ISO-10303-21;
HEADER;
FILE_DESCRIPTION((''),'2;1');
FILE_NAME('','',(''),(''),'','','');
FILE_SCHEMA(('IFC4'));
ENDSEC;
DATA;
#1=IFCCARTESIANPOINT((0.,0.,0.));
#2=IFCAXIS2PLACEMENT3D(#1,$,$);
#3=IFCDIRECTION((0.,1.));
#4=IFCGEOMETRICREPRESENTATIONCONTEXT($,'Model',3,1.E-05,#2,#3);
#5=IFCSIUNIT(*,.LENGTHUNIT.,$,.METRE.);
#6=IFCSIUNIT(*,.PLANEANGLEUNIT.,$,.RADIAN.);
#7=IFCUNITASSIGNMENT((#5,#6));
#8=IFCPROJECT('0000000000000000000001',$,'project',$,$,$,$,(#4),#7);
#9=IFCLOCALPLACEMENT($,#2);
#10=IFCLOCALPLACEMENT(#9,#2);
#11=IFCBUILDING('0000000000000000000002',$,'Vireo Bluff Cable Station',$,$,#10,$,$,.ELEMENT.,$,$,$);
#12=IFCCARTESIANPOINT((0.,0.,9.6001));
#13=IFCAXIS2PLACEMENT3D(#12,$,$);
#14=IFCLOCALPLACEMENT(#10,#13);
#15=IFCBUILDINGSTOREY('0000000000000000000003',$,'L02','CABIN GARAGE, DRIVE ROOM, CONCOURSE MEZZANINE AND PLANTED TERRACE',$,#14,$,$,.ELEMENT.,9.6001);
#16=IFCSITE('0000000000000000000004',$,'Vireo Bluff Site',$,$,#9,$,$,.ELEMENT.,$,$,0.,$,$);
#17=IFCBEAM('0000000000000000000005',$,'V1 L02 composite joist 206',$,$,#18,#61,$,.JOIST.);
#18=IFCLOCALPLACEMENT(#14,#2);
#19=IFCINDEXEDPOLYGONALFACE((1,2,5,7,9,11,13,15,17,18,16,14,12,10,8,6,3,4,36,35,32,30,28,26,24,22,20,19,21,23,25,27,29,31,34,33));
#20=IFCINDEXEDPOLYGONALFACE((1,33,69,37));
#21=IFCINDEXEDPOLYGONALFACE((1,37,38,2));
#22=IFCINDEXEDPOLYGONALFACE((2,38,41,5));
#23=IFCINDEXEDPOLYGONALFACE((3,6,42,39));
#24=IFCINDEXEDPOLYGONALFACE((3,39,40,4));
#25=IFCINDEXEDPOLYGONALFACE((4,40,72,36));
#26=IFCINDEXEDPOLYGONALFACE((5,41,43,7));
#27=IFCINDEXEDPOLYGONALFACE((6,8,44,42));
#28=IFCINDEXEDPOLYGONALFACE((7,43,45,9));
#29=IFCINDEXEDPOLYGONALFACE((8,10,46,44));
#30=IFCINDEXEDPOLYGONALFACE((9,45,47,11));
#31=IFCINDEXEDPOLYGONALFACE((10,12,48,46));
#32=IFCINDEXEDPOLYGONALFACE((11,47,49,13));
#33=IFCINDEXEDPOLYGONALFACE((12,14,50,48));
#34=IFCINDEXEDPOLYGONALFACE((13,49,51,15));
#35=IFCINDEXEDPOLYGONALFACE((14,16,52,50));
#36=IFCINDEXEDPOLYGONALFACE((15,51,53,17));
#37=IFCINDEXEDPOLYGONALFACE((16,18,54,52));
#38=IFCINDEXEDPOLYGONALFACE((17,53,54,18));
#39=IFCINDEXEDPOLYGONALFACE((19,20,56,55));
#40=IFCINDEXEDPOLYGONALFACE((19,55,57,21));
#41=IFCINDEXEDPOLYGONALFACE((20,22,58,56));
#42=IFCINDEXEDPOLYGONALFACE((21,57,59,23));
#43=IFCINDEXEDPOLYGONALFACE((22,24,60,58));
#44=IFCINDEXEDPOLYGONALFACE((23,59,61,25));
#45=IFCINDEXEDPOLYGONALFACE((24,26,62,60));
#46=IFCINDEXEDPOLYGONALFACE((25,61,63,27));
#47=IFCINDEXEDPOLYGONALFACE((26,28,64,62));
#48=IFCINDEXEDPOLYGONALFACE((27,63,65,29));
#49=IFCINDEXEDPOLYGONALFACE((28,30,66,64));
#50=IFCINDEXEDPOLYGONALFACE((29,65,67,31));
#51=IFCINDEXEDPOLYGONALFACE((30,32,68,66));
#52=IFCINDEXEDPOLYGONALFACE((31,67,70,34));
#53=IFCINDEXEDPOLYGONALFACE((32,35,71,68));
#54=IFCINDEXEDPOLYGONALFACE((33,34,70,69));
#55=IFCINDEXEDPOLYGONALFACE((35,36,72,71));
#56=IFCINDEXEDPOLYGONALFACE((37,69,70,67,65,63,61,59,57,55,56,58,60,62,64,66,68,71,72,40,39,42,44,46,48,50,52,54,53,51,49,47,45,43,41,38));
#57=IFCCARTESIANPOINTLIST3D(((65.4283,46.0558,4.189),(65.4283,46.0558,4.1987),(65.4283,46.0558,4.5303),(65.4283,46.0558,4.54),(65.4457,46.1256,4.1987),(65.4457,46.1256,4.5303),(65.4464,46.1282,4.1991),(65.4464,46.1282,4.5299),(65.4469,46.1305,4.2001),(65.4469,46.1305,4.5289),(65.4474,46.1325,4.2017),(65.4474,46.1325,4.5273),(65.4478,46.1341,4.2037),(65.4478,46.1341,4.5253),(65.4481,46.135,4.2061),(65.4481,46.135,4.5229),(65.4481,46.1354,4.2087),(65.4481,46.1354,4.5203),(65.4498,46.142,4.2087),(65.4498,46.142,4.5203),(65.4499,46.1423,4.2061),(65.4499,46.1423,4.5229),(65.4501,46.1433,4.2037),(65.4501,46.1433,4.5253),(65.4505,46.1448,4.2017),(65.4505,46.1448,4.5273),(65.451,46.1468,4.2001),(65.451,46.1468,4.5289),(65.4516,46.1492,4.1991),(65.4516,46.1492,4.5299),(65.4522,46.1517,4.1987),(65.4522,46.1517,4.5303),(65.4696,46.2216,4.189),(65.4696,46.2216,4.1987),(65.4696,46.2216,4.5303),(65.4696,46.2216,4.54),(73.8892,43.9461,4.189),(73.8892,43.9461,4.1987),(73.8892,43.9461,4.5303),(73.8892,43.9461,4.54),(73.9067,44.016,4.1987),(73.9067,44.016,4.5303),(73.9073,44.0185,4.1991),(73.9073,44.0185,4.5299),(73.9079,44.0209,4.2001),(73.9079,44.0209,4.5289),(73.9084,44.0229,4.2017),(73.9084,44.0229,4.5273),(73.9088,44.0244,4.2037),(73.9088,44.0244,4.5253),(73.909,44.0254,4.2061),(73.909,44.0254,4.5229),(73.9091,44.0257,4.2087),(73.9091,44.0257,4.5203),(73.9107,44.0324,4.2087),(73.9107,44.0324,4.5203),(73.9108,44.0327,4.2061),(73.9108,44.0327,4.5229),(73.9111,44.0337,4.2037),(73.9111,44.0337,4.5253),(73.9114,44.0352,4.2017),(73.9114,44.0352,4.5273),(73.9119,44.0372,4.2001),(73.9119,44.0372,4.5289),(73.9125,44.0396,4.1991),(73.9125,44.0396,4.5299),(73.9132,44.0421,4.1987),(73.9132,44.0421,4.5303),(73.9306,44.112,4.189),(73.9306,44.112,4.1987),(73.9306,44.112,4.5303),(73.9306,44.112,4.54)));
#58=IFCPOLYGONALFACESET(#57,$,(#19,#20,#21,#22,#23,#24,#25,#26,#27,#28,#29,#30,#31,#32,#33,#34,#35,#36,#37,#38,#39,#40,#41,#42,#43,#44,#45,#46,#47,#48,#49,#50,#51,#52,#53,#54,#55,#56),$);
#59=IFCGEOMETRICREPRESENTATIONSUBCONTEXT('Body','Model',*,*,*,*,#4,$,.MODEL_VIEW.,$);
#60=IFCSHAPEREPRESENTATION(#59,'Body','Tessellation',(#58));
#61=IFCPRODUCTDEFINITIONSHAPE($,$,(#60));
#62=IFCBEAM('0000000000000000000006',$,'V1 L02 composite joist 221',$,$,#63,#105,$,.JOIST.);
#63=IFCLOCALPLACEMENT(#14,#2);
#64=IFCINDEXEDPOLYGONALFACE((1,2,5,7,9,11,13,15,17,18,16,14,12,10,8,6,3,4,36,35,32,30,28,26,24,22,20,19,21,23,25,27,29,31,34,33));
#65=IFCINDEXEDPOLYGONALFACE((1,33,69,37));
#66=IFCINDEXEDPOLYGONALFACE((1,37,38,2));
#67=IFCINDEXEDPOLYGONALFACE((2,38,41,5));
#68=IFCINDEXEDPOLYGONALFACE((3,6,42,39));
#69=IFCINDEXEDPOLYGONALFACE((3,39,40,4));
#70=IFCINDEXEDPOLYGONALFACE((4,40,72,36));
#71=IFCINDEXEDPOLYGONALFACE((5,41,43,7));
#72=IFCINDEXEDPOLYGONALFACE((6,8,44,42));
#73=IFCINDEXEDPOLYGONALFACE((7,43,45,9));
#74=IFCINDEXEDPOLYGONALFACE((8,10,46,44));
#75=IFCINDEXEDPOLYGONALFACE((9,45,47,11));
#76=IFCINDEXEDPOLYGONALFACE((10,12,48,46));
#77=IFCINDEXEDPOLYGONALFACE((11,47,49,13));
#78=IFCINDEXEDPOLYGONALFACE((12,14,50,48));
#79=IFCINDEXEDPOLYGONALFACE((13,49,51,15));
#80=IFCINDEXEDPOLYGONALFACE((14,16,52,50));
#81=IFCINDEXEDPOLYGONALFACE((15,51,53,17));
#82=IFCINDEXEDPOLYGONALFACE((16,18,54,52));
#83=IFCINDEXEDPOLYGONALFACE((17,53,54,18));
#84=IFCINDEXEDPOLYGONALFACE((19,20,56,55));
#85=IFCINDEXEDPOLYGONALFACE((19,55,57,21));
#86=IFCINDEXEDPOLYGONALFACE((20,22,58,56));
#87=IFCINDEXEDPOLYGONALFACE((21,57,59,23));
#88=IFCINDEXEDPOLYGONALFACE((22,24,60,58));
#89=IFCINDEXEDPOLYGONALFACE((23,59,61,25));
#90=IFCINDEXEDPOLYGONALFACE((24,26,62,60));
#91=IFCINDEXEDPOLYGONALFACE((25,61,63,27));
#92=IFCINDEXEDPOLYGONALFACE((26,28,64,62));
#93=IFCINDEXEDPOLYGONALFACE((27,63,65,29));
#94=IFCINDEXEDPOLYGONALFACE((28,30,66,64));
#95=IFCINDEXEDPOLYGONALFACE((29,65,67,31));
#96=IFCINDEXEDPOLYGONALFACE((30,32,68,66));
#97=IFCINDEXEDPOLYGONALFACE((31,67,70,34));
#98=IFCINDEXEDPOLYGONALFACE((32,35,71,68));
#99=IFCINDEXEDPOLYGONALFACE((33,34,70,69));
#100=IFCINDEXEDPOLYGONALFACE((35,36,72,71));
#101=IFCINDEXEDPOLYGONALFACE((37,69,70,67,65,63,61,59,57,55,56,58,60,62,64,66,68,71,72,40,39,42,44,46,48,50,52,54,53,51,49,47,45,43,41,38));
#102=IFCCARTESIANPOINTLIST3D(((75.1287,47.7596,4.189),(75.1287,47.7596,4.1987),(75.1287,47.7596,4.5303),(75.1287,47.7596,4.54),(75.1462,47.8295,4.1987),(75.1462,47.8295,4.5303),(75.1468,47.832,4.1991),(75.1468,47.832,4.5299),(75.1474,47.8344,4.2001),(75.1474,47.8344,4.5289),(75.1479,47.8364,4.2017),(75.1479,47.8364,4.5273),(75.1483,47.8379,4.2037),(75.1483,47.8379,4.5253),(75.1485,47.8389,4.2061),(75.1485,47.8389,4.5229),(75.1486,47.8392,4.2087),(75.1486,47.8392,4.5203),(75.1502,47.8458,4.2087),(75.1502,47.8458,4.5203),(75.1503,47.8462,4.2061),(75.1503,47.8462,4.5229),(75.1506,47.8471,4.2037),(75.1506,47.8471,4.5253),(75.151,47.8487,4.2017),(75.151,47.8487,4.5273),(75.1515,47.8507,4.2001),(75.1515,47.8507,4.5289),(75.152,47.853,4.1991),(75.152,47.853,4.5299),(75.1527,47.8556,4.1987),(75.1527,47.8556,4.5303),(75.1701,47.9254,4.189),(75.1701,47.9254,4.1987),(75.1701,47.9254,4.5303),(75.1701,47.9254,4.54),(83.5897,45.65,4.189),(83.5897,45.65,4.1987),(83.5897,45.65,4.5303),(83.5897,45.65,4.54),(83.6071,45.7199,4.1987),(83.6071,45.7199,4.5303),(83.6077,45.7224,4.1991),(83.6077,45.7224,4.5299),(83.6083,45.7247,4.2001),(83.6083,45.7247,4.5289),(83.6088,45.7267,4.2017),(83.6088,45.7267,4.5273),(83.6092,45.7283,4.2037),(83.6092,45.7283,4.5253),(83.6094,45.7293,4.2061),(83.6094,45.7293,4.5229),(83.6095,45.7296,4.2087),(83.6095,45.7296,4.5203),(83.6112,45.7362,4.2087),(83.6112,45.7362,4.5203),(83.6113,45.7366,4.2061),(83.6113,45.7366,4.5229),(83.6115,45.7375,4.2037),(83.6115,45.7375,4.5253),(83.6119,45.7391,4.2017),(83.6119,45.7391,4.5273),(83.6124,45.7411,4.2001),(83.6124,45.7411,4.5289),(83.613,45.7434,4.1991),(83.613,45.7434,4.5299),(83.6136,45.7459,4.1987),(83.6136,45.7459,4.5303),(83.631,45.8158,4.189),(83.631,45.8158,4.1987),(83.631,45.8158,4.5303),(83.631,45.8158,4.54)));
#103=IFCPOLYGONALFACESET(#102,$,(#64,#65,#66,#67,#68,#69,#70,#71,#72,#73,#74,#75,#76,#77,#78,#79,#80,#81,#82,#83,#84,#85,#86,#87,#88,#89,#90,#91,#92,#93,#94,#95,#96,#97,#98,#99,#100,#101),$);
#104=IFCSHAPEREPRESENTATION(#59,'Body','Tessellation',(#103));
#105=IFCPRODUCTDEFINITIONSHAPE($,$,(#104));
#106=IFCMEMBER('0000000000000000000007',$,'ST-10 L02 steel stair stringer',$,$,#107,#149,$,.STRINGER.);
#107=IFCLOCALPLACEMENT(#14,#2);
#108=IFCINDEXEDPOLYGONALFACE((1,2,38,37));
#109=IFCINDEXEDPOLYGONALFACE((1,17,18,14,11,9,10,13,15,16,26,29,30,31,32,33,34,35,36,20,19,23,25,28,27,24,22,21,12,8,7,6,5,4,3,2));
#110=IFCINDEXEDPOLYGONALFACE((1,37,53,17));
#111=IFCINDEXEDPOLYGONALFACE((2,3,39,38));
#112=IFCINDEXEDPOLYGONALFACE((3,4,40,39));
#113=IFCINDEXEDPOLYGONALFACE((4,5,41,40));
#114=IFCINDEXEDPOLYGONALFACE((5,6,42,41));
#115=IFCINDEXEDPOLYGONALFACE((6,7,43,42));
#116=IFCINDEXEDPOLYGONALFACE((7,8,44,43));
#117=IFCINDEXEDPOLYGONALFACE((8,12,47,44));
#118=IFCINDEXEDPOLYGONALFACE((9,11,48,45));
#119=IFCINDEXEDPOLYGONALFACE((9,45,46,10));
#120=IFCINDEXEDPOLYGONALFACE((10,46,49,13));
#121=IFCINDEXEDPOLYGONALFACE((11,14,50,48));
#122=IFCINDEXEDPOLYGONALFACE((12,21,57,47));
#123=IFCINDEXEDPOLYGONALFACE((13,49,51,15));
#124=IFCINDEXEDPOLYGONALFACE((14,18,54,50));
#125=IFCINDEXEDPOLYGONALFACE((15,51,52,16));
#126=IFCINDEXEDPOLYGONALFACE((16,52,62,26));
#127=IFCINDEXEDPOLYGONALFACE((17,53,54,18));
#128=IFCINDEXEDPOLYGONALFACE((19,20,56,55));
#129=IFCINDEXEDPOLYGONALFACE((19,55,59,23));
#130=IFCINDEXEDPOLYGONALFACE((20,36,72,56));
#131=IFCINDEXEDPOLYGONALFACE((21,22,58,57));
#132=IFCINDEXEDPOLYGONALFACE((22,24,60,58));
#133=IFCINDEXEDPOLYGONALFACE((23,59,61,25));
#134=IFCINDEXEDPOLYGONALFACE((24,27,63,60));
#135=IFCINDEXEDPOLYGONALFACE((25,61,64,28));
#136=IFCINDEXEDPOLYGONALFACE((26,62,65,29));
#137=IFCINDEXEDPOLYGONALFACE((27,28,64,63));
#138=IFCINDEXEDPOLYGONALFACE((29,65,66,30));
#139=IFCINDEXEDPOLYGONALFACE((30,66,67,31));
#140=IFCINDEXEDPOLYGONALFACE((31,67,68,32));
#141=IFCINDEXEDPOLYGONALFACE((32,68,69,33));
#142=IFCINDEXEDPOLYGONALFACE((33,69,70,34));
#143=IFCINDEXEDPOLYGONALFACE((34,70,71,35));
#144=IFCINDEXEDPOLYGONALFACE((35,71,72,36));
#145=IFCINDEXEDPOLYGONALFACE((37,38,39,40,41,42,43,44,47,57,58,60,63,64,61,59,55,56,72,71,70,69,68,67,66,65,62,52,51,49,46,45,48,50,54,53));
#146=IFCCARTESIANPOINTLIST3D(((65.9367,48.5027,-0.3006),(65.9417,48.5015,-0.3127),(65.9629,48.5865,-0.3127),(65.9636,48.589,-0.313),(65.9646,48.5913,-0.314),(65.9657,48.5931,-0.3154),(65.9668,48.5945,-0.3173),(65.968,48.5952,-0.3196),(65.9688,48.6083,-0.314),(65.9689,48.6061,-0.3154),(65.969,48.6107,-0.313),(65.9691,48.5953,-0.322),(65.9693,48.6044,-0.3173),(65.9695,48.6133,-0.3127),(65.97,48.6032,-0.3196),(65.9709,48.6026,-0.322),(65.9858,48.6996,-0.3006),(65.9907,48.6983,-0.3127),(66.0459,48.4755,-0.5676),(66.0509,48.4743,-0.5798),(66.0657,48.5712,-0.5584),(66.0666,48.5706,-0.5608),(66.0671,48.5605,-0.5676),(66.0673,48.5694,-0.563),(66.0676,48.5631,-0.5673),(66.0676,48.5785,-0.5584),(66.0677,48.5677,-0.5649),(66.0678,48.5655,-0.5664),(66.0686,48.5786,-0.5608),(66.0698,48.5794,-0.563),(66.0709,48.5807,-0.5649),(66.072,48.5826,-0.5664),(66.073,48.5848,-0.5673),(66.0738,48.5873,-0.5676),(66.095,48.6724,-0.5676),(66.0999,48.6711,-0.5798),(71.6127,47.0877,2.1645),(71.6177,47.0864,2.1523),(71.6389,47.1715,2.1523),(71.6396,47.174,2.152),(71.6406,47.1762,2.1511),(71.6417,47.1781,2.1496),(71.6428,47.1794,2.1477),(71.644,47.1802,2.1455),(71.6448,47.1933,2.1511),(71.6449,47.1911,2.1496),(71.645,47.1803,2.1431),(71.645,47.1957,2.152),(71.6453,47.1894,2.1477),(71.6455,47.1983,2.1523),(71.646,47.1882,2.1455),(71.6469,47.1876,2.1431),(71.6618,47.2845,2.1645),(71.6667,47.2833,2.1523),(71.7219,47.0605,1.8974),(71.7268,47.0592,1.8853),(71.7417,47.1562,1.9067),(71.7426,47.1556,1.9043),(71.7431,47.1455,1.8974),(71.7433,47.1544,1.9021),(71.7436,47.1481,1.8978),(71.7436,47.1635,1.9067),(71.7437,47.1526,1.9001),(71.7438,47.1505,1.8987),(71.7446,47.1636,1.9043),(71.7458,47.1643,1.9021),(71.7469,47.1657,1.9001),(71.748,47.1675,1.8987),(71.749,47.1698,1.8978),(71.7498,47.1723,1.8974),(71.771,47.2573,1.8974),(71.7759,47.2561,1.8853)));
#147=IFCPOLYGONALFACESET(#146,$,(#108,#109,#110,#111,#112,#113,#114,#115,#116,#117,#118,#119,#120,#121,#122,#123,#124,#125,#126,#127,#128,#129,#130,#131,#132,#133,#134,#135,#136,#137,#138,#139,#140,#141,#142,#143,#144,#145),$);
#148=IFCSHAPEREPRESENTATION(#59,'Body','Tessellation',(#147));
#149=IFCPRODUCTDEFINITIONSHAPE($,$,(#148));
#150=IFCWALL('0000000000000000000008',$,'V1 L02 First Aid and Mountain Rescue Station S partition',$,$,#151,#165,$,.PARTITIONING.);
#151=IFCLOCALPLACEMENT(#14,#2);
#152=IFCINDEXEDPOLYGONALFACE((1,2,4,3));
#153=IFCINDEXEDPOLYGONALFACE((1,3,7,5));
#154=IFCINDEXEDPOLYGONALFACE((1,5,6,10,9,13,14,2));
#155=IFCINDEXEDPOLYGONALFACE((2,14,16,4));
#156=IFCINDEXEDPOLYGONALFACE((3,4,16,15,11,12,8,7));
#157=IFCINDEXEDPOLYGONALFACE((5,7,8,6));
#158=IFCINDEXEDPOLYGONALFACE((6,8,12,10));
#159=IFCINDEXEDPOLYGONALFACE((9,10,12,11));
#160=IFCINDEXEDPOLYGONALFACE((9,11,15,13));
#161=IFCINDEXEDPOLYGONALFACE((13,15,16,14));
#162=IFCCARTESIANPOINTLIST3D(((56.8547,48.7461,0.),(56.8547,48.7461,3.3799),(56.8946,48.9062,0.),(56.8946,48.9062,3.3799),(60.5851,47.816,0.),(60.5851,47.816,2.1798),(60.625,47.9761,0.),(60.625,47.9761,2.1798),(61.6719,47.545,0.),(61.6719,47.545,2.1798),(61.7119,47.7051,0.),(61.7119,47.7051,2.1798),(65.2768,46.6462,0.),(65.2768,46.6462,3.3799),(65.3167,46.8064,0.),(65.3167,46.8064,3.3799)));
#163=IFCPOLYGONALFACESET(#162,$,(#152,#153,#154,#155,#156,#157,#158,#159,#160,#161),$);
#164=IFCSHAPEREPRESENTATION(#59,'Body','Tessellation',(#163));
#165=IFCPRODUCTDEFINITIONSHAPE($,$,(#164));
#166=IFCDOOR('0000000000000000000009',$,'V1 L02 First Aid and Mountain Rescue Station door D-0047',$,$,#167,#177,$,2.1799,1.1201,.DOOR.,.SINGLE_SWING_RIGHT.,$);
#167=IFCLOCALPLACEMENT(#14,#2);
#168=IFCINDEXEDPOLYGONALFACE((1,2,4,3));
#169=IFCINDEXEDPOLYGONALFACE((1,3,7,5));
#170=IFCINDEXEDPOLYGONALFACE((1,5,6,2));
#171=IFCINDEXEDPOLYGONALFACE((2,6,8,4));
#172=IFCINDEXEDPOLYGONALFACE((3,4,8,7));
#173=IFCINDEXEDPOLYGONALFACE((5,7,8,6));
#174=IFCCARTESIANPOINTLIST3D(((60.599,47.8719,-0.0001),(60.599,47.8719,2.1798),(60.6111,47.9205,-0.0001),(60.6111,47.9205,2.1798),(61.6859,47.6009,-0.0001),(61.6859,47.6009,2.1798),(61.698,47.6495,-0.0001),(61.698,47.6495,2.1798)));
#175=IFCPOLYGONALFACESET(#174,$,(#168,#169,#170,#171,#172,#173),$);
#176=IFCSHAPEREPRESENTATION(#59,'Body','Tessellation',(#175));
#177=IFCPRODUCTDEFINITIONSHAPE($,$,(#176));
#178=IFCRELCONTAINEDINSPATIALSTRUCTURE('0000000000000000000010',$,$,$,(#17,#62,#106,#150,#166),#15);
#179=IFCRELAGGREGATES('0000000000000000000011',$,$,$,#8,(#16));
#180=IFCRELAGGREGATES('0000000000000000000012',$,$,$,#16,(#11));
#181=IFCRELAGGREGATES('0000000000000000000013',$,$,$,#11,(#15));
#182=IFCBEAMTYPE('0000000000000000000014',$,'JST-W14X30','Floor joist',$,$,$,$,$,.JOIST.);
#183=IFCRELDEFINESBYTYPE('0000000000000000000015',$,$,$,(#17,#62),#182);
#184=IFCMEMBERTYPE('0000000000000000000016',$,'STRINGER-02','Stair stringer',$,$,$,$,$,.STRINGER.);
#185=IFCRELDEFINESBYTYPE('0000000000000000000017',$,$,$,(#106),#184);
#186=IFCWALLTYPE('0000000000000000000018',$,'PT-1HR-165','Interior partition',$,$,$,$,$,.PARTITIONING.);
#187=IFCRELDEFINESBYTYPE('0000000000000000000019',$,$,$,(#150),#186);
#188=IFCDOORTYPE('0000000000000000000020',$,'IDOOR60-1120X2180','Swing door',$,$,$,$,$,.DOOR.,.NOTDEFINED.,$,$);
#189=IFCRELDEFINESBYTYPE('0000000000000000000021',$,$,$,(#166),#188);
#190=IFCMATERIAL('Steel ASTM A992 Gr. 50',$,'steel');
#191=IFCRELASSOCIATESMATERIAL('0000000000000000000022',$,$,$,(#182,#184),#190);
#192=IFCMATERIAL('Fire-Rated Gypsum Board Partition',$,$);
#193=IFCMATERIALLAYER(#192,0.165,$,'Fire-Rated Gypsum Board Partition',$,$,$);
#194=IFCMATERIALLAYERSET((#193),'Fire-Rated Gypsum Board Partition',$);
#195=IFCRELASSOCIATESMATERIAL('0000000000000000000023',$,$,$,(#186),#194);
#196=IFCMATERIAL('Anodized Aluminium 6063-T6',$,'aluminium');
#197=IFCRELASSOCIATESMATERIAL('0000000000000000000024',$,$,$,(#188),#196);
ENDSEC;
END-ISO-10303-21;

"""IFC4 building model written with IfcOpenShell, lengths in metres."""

from ifc_helpers import new_model, si_unit, direction, frame, frame_2d, origin, origin_with_axes, origin_2d, place, context, subcontext, project, spatial, rectangle, i_section, extrude, material, layer, layer_set, material_profile, profile_set, type_object, element, fill, save


model = new_model("IFC4")

# Units and contexts
model_context = context("Model", 3, precision=1e-05, world=origin(), true_north=direction((0.0, 1.0)))
body_context = subcontext(model_context, "Body", "Model", "MODEL_VIEW")
ifc_project = project(units=[si_unit("LENGTHUNIT", "METRE"), si_unit("PLANEANGLEUNIT", "RADIAN")], contexts=[model_context])

# Site, building, storey
site_placement = place(None, origin())
site = spatial("IfcSite", under=ifc_project, at=site_placement, Name="Vireo Bluff Site", CompositionType="ELEMENT", RefElevation=0.0)
building_placement = place(site_placement, origin())
building = spatial("IfcBuilding", under=site, at=building_placement, Name="Vireo Bluff Cable Station", CompositionType="ELEMENT")
storey_placement = place(building_placement, frame((0.0, 0.0, 9.6001)))
storey = spatial("IfcBuildingStorey", under=building, at=storey_placement, Name="L02", Description="CABIN GARAGE, DRIVE ROOM, CONCOURSE MEZZANINE AND PLANTED TERRACE", CompositionType="ELEMENT", Elevation=9.6001)

# Shared definitions
ifc_material_1 = material(Name="Steel ASTM A992 Gr. 50", Category="steel")

# Beams
ifc_material_profile_1 = material_profile(ifc_material_1, i_section(OverallWidth=0.1709, OverallDepth=0.3511, WebThickness=0.0068, FlangeThickness=0.0098, FilletRadius=0.01, at=origin_2d()), Name="W14X30")
ifc_profile_set_1 = profile_set([ifc_material_profile_1], Name="Steel ASTM A992 Gr. 50")
beam_type_1 = type_object("IfcBeamType", Name="JST-W14X30", Description="Floor joist", PredefinedType="JOIST", material=ifc_profile_set_1)
for number, where, z_axis, x_axis, name in (
    (1, (65.449, 46.1387, 4.3645), (0.970294, -0.24193, 0.0), (0.24193, 0.970294, 0.0), "V1 L02 composite joist 206"),
    (2, (75.1494, 47.8425, 4.3645), (0.970294, -0.24193, 0.0), (0.24193, 0.970294, 0.0), "V1 L02 composite joist 221"),
):
    element("IfcBeam", number, at=place(storey_placement, frame(where, z_axis=z_axis, x_axis=x_axis)), inside=storey, type_object=beam_type_1, Name=name, PredefinedType="JOIST", context=body_context, shape_type="SweptSolid", body=[
        extrude(i_section(OverallWidth=0.1709, OverallDepth=0.3511, WebThickness=0.0068, FlangeThickness=0.0098, FilletRadius=0.01, at=origin_2d()), origin(), (0.0, 0.0, 1.0), 8.72),
    ])

# Member
ifc_material_profile_2 = material_profile(ifc_material_1, i_section(OverallWidth=0.2029, OverallDepth=0.303, WebThickness=0.0076, FlangeThickness=0.0132, FilletRadius=0.01, at=origin_2d()), Name="W12X40")
ifc_profile_set_2 = profile_set([ifc_material_profile_2], Name="Steel ASTM A992 Gr. 50")
member_type = type_object("IfcMemberType", Name="STRINGER-02", Description="Stair stringer", PredefinedType="STRINGER", material=ifc_profile_set_2)
member_placement = place(storey_placement, frame((66.0183, 48.5869, -0.4402), z_axis=(0.894153, -0.222913, 0.388329), x_axis=(0.241897, 0.970302, 0.0)))
element("IfcMember", 3, at=member_placement, inside=storey, type_object=member_type, Name="ST-10 L02 steel stair stringer", PredefinedType="STRINGER", context=body_context, shape_type="SweptSolid", body=[
    extrude(i_section(OverallWidth=0.2029, OverallDepth=0.303, WebThickness=0.0076, FlangeThickness=0.0132, FilletRadius=0.01, at=origin_2d()), origin(), (0.0, 0.0, 1.0), 6.3479),
])

# Wall, opening, door
ifc_material_2 = material(Name="Fire-Rated Gypsum Board Partition")
ifc_layer = layer(ifc_material_2, 0.165, Name="Fire-Rated Gypsum Board Partition")
ifc_layer_set = layer_set([ifc_layer], Name="Fire-Rated Gypsum Board Partition")
wall_type = type_object("IfcWallType", Name="PT-1HR-165", Description="Interior partition", PredefinedType="PARTITIONING", material=ifc_layer_set)
wall_placement = place(storey_placement, frame((65.2966, 46.7263, 0.0), z_axis=(0.0, 0.0, 1.0), x_axis=(-0.970296, 0.24192, 0.0)))
wall = element("IfcWall", 4, at=wall_placement, inside=storey, type_object=wall_type, Name="V1 L02 First Aid and Mountain Rescue Station S partition", PredefinedType="PARTITIONING", context=body_context, shape_type="SweptSolid", body=[
    extrude(rectangle(XDim=8.6799, YDim=0.165, at=frame_2d((4.3398, 0.0))), origin(), (0.0, 0.0, 1.0), 3.3799),
])
opening_placement = place(wall_placement, frame((3.7151, 0.0, 0.0)))
opening = element("IfcOpeningElement", 5, at=opening_placement, cuts=wall, PredefinedType="OPENING", context=body_context, shape_type="SweptSolid", body=[
    extrude(rectangle(XDim=1.1201, YDim=2.1799, at=frame_2d((0.5601, 1.0898))), frame((0.0, 0.0925, 0.0), z_axis=(0.0, -1.0, 0.0), x_axis=(1.0, 0.0, 0.0)), (0.0, 0.0, 1.0), 0.1851),
])
ifc_material_3 = material(Name="Anodized Aluminium 6063-T6", Category="aluminium")
door_type = type_object("IfcDoorType", Name="IDOOR60-1120X2180", Description="Swing door", OperationType="NOTDEFINED", PredefinedType="DOOR", material=ifc_material_3)
door_placement = place(opening_placement, origin_with_axes())
door = element("IfcDoor", 6, at=door_placement, inside=storey, type_object=door_type, Name="V1 L02 First Aid and Mountain Rescue Station door D-0047", OperationType="SINGLE_SWING_RIGHT", OverallHeight=2.1799, OverallWidth=1.1201, PredefinedType="DOOR", context=body_context, shape_type="SweptSolid", body=[
    extrude(rectangle(XDim=1.1201, YDim=2.1799, at=frame_2d((0.5601, 1.0898))), frame((0.0, 0.0249, 0.0), z_axis=(0.0, -1.0, 0.0), x_axis=(1.0, 0.0, 0.0)), (0.0, 0.0, 1.0), 0.05),
])
fill(opening, door)

save(model, "model.ifc")
